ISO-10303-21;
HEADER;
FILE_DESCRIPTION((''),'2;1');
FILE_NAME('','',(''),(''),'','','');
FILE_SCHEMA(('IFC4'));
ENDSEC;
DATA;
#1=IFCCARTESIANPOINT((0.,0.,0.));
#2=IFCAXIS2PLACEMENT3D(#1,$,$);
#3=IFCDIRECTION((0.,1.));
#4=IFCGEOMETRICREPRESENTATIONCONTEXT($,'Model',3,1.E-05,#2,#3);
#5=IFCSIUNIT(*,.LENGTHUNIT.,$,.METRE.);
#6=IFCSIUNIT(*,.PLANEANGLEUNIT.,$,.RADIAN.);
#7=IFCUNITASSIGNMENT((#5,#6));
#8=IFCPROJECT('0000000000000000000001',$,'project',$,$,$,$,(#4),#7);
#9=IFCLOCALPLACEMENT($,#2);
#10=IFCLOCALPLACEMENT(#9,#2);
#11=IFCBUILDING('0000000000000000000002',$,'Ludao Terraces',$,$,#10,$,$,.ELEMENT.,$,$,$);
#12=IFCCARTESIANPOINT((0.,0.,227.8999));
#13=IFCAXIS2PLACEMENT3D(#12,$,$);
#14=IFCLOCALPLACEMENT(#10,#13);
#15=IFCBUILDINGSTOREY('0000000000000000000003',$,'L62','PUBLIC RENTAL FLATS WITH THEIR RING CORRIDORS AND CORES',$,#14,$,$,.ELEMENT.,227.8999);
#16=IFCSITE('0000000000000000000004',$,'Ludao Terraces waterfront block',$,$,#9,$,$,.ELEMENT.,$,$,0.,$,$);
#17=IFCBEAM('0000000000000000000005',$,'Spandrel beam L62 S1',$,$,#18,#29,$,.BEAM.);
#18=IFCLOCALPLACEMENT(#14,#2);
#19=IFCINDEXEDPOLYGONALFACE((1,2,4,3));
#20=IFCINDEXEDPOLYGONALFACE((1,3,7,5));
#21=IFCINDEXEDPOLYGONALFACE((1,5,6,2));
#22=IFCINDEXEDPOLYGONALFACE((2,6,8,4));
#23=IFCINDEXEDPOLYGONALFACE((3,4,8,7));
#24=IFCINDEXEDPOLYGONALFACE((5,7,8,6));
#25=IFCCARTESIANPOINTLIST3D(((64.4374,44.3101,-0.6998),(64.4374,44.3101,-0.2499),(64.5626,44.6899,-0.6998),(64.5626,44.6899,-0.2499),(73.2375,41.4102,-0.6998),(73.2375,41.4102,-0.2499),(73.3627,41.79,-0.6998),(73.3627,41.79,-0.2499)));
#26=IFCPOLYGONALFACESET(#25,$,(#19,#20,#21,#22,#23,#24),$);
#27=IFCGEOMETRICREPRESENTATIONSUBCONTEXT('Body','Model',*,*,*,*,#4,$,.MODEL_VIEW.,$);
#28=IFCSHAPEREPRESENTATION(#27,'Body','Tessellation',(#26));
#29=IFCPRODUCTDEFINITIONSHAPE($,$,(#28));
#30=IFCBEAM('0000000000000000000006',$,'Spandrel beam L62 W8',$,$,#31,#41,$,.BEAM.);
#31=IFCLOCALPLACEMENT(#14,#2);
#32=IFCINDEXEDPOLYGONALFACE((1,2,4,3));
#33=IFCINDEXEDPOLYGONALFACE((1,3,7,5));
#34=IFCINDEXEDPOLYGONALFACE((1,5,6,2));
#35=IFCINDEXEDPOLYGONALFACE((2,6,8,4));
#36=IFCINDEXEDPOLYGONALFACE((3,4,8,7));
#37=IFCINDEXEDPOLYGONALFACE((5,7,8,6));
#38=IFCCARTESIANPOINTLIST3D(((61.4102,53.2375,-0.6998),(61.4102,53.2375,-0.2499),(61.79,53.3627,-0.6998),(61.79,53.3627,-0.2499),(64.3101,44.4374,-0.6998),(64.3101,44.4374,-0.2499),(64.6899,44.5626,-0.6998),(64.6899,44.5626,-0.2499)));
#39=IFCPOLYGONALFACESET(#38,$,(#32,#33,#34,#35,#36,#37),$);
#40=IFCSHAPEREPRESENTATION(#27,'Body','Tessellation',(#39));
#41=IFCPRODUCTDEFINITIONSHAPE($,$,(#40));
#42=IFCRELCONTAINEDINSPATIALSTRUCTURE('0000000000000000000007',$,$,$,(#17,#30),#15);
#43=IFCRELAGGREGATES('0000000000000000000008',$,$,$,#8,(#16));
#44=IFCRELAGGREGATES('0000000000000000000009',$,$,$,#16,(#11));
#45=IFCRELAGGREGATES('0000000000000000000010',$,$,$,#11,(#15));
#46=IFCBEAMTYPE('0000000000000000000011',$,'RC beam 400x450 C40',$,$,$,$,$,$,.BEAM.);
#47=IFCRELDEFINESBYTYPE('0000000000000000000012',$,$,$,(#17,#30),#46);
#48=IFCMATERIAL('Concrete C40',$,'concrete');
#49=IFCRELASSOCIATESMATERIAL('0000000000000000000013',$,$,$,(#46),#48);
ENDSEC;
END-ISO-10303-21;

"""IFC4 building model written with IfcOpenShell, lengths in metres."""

from ifc_helpers import new_model, si_unit, direction, frame, origin, origin_2d, place, context, subcontext, project, spatial, rectangle, extrude, material, material_profile, profile_set, type_object, element, save


model = new_model("IFC4")

# Units and contexts
model_context = context("Model", 3, precision=1e-05, world=origin(), true_north=direction((0.0, 1.0)))
body_context = subcontext(model_context, "Body", "Model", "MODEL_VIEW")
ifc_project = project(units=[si_unit("LENGTHUNIT", "METRE"), si_unit("PLANEANGLEUNIT", "RADIAN")], contexts=[model_context])

# Site, building, storey
site_placement = place(None, origin())
site = spatial("IfcSite", under=ifc_project, at=site_placement, Name="Ludao Terraces waterfront block", CompositionType="ELEMENT", RefElevation=0.0)
building_placement = place(site_placement, origin())
building = spatial("IfcBuilding", under=site, at=building_placement, Name="Ludao Terraces", CompositionType="ELEMENT")
storey_placement = place(building_placement, frame((0.0, 0.0, 227.8999)))
storey = spatial("IfcBuildingStorey", under=building, at=storey_placement, Name="L62", Description="PUBLIC RENTAL FLATS WITH THEIR RING CORRIDORS AND CORES", CompositionType="ELEMENT", Elevation=227.8999)

# Beams
ifc_material = material(Name="Concrete C40", Category="concrete")
ifc_material_profile = material_profile(ifc_material, rectangle(XDim=0.3999, YDim=0.45, at=origin_2d()), Name="400 X 450")
ifc_profile_set = profile_set([ifc_material_profile], Name="Concrete C40")
beam_type = type_object("IfcBeamType", Name="RC beam 400x450 C40", PredefinedType="BEAM", material=ifc_profile_set)
for number, where, z_axis, x_axis, name in (
    (1, (64.5, 44.5, -0.4749), (0.949761, -0.312977, 0.0), (0.312977, 0.949761, 0.0), "Spandrel beam L62 S1"),
    (2, (64.5, 44.5, -0.4749), (-0.312977, 0.949761, 0.0), (-0.949761, -0.312977, 0.0), "Spandrel beam L62 W8"),
):
    element("IfcBeam", number, at=place(storey_placement, frame(where, z_axis=z_axis, x_axis=x_axis)), inside=storey, type_object=beam_type, Name=name, PredefinedType="BEAM", context=body_context, shape_type="SweptSolid", body=[
        extrude(rectangle(XDim=0.3999, YDim=0.45, at=origin_2d()), origin(), (0.0, 0.0, 1.0), 9.2656),
    ])

save(model, "model.ifc")
